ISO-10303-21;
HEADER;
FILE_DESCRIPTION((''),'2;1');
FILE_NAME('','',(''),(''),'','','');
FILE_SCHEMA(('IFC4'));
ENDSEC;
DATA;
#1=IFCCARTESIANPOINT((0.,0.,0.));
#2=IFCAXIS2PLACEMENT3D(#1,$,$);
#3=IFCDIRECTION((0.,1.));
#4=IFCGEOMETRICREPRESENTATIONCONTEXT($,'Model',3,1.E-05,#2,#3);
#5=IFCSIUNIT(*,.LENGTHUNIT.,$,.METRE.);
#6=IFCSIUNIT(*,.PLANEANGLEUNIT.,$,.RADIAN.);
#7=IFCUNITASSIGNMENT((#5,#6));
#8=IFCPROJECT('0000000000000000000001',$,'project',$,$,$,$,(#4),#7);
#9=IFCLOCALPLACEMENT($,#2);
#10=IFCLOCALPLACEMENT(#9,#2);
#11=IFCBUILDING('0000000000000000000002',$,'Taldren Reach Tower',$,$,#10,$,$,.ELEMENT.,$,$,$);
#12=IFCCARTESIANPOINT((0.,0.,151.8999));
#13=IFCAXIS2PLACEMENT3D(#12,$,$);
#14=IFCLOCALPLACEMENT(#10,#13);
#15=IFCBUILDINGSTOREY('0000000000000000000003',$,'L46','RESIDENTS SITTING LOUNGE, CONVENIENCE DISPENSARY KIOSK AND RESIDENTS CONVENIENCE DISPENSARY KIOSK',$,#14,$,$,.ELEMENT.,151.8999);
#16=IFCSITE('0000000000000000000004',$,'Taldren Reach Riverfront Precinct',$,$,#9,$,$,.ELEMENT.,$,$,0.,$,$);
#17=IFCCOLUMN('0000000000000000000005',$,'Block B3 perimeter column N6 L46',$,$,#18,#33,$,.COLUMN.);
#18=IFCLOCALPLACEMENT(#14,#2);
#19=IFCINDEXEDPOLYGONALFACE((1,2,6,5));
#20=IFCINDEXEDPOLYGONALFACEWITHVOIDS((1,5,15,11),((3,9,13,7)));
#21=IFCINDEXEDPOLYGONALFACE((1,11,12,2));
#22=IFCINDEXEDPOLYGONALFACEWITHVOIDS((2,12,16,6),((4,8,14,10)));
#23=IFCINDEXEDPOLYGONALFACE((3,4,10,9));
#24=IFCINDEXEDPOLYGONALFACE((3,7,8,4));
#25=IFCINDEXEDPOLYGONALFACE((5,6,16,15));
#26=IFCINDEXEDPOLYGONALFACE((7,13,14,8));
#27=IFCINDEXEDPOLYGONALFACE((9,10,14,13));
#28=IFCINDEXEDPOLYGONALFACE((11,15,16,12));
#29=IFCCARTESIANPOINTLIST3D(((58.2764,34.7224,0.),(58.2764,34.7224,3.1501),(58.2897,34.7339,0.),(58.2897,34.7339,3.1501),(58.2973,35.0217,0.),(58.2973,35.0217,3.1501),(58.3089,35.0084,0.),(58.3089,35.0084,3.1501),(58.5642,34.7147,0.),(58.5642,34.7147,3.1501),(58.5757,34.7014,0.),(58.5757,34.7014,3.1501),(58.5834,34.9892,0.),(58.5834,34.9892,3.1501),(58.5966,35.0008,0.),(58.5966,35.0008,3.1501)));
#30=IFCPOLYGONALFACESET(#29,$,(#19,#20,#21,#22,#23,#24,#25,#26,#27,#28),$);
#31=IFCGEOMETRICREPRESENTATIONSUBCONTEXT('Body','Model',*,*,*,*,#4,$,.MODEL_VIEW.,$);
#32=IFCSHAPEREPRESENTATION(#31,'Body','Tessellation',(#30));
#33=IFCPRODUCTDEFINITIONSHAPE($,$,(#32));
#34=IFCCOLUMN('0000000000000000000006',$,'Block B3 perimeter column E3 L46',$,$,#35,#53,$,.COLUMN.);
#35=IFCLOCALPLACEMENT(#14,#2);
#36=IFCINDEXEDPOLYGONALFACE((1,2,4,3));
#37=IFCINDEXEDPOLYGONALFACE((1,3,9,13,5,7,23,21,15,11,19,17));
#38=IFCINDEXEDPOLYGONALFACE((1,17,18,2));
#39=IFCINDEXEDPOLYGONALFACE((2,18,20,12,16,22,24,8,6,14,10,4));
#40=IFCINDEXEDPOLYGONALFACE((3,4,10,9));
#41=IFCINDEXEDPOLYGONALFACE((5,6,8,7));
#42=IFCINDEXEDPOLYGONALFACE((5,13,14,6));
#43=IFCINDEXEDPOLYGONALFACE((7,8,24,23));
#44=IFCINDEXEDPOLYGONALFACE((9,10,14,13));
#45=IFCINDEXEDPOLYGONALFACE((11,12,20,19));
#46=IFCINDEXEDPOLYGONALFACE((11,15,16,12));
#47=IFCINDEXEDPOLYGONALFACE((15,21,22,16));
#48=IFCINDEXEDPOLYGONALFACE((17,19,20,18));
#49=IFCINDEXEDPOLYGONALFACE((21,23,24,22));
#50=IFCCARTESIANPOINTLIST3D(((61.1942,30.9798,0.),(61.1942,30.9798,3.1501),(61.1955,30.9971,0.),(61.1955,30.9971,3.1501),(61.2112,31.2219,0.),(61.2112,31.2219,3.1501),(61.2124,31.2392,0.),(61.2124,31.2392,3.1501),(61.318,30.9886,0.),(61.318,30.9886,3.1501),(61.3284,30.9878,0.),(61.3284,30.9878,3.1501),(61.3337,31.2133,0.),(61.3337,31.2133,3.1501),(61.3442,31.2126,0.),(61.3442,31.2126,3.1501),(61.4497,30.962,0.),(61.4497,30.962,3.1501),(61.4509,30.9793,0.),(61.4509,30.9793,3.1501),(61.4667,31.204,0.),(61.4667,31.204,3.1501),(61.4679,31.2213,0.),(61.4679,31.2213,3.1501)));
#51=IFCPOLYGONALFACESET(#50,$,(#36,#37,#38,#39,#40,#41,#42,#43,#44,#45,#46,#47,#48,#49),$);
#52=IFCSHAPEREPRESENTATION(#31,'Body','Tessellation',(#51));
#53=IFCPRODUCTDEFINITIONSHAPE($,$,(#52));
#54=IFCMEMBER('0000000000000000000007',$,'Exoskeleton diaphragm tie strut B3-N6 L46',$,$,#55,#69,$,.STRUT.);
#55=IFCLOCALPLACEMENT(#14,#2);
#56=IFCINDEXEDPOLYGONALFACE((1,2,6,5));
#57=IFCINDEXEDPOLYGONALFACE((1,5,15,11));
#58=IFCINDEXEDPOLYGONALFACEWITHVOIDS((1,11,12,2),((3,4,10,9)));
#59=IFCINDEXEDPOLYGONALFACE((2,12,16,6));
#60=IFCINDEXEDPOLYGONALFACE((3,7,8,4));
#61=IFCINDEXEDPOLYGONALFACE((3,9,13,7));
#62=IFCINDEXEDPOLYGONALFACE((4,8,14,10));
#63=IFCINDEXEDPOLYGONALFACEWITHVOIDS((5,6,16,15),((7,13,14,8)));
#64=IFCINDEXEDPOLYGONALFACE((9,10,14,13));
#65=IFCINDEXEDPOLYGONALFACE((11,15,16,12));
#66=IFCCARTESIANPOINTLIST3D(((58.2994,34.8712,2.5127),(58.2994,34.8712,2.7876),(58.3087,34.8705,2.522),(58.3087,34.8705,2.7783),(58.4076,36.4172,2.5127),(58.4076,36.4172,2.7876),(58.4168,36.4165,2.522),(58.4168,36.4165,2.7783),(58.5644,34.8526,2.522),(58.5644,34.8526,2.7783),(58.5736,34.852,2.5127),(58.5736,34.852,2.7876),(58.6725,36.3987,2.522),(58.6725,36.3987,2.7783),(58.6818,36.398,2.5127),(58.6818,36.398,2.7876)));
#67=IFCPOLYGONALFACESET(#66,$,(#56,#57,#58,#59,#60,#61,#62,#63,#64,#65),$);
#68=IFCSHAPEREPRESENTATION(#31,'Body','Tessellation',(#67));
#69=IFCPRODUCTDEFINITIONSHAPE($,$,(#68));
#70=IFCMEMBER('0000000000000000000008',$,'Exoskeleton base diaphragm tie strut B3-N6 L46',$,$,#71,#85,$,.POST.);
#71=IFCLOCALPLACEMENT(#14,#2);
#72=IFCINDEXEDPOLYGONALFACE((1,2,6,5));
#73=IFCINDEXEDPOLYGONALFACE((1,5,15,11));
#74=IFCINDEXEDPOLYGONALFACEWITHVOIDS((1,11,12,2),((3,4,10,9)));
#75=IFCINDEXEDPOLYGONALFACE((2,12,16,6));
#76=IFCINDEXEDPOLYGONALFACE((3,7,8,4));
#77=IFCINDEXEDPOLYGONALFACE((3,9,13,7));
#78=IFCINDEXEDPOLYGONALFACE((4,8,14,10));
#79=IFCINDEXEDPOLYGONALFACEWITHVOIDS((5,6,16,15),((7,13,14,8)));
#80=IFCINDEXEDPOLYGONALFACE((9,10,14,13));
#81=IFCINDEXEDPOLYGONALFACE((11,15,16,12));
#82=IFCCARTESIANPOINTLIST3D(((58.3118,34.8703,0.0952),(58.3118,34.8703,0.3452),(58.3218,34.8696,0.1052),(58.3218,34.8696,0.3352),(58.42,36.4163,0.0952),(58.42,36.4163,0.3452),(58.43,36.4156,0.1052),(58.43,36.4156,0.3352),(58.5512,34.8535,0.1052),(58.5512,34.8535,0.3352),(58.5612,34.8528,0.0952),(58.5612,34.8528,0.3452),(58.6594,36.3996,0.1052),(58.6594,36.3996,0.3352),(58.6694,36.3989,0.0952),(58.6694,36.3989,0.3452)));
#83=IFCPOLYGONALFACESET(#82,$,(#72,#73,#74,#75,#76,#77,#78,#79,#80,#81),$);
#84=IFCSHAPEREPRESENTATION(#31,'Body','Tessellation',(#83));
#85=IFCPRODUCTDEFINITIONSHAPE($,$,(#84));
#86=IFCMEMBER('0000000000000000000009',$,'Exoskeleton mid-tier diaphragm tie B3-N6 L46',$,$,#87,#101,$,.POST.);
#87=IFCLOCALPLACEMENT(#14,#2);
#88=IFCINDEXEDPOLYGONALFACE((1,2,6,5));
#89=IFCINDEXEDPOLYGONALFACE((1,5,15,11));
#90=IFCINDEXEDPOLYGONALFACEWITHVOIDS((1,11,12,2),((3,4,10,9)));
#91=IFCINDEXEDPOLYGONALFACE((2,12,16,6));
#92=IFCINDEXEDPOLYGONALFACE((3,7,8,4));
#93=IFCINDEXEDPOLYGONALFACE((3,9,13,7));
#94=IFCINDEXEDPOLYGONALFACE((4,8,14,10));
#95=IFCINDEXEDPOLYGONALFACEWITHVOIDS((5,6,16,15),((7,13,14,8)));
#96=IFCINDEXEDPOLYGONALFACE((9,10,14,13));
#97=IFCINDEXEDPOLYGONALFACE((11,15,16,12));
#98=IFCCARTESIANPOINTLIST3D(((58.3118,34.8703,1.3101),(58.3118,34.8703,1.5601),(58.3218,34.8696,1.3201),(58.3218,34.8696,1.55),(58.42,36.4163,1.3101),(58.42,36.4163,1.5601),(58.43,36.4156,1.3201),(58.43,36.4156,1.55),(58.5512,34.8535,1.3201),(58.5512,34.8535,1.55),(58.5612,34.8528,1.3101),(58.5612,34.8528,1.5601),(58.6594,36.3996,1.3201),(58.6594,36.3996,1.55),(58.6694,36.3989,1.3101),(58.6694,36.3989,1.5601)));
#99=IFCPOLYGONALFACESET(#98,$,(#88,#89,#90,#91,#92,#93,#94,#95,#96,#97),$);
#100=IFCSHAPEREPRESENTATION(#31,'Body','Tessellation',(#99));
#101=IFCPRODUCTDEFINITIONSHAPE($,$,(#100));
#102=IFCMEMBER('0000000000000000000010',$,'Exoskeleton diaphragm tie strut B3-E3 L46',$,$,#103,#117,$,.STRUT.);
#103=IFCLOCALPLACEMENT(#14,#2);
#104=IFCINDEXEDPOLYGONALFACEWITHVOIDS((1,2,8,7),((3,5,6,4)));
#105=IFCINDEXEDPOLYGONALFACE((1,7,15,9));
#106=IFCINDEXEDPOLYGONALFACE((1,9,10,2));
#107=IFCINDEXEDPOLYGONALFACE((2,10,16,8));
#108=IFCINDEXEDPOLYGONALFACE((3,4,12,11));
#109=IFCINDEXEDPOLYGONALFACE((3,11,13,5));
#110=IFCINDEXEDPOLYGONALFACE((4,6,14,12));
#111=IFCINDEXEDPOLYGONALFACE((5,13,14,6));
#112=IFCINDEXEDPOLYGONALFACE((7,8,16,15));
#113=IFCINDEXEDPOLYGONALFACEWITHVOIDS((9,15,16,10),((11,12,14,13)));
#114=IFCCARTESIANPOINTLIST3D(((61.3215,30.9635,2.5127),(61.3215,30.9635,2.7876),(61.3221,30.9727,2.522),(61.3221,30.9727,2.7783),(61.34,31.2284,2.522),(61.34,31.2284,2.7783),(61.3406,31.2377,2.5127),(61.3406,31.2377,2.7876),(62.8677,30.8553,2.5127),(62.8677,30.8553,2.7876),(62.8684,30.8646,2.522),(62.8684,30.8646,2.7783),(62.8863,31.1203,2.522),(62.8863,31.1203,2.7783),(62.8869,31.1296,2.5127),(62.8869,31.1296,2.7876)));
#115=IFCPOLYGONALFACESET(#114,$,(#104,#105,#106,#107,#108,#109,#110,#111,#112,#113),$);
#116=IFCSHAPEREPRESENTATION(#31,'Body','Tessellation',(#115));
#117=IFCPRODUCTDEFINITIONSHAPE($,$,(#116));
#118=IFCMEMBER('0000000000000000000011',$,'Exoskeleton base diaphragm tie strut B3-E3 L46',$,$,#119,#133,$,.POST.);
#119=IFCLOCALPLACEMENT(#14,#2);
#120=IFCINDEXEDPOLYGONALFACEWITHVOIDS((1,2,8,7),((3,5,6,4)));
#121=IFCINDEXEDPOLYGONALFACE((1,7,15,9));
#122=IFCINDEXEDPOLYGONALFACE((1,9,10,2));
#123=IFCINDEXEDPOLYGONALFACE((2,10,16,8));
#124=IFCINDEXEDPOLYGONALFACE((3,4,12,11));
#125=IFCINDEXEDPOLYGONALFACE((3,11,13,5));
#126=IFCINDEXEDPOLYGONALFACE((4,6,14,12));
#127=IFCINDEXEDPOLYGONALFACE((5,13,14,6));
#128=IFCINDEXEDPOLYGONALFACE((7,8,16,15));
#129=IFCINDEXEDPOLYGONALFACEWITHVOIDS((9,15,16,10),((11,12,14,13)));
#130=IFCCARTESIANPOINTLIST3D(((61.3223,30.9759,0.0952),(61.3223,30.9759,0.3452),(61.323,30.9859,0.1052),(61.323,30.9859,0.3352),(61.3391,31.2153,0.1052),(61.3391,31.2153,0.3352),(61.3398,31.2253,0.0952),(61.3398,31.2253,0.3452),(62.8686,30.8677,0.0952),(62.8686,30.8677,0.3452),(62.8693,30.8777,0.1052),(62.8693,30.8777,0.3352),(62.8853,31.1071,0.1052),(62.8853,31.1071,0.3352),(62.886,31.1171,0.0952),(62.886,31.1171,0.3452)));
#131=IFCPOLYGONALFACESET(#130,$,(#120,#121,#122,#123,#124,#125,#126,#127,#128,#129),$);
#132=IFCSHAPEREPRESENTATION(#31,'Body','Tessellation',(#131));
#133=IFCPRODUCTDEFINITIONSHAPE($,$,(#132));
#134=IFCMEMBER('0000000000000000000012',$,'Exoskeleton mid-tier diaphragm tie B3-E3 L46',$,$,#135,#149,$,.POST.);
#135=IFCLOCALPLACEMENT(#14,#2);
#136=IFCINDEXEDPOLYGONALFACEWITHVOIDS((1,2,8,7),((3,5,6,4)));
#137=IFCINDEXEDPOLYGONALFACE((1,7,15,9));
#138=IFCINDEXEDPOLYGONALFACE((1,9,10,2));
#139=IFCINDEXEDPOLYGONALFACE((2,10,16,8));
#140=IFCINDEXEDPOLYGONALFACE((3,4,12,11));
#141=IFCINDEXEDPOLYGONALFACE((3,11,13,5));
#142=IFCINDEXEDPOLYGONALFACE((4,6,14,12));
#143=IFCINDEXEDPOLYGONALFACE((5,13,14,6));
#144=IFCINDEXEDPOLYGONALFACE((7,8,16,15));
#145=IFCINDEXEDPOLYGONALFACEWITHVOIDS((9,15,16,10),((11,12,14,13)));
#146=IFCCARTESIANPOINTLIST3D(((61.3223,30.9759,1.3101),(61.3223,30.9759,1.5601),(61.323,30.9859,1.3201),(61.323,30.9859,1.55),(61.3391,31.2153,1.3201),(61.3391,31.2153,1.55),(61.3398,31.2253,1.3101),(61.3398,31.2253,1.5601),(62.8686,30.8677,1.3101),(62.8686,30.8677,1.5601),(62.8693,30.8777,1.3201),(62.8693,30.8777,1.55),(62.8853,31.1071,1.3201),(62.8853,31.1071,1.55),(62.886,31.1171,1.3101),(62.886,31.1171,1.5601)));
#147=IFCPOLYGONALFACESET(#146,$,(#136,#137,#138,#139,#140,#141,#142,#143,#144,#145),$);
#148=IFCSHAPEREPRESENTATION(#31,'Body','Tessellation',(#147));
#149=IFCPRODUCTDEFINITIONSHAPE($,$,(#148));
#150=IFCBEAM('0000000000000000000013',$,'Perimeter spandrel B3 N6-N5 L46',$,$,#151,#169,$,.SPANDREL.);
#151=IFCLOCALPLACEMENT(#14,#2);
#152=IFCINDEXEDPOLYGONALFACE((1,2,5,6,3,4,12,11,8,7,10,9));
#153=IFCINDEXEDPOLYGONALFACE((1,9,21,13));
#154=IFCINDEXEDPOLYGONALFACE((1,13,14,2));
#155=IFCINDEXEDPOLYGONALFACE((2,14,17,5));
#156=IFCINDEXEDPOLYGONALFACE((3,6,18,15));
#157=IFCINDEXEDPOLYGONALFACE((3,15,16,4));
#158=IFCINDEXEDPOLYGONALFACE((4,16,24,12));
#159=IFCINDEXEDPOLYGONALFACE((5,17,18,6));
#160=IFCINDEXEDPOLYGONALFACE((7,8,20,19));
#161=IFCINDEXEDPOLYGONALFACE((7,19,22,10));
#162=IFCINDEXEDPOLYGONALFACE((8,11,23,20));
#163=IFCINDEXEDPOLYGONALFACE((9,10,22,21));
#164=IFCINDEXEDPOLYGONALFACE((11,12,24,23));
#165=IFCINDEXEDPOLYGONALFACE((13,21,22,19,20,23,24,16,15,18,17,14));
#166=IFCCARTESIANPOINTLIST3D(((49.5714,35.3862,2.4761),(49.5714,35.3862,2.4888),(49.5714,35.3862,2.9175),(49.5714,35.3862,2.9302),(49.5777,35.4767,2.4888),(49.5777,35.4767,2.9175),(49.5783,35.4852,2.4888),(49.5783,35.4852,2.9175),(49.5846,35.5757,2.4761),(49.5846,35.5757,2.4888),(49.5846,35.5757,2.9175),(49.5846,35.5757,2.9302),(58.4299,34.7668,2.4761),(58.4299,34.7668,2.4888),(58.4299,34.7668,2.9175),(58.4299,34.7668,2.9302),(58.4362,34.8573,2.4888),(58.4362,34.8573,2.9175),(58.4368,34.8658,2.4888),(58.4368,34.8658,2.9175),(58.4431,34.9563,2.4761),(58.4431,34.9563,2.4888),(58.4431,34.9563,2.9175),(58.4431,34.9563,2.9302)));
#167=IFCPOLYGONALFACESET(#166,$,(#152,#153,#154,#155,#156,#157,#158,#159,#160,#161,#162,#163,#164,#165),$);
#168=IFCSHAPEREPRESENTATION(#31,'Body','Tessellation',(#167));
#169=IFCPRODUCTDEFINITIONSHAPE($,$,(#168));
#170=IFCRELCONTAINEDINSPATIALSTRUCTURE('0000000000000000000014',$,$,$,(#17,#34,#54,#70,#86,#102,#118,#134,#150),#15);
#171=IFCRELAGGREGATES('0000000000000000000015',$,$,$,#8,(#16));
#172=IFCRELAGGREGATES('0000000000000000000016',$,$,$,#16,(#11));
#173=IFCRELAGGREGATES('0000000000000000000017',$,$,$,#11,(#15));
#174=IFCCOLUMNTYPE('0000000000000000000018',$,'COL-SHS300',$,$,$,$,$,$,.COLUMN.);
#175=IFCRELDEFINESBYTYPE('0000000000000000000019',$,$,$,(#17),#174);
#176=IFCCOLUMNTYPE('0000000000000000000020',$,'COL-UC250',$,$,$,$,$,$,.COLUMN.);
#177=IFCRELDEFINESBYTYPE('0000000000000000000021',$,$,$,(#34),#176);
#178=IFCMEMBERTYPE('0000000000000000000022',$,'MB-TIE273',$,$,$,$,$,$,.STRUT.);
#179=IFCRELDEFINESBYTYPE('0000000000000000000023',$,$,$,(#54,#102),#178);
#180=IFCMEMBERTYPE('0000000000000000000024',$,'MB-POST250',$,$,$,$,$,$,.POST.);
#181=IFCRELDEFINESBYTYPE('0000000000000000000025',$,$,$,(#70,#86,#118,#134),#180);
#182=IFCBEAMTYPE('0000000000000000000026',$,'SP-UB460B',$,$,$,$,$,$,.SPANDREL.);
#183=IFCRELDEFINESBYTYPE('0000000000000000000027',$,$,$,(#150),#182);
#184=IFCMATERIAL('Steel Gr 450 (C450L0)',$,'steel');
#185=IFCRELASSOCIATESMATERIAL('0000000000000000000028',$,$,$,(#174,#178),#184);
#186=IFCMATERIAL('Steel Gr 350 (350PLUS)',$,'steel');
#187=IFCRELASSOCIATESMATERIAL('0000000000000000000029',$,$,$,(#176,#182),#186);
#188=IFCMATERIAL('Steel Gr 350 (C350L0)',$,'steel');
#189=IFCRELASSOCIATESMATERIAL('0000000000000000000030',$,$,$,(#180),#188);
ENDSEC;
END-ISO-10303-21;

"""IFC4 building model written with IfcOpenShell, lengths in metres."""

from ifc_helpers import new_model, si_unit, direction, frame, origin, origin_2d, place, context, subcontext, project, spatial, hollow_rectangle, i_section, extrude, source, transform, mapped, material, material_profile, profile_set, type_object, element, save


model = new_model("IFC4")

# Units and contexts
model_context = context("Model", 3, precision=1e-05, world=origin(), true_north=direction((0.0, 1.0)))
body_context = subcontext(model_context, "Body", "Model", "MODEL_VIEW")
ifc_project = project(units=[si_unit("LENGTHUNIT", "METRE"), si_unit("PLANEANGLEUNIT", "RADIAN")], contexts=[model_context])

# Site, building, storey
site_placement = place(None, origin())
site = spatial("IfcSite", under=ifc_project, at=site_placement, Name="Taldren Reach Riverfront Precinct", CompositionType="ELEMENT", RefElevation=0.0)
building_placement = place(site_placement, origin())
building = spatial("IfcBuilding", under=site, at=building_placement, Name="Taldren Reach Tower", CompositionType="ELEMENT")
storey_placement = place(building_placement, frame((0.0, 0.0, 151.8999)))
storey = spatial("IfcBuildingStorey", under=building, at=storey_placement, Name="L46", Description="RESIDENTS SITTING LOUNGE, CONVENIENCE DISPENSARY KIOSK AND RESIDENTS CONVENIENCE DISPENSARY KIOSK", CompositionType="ELEMENT", Elevation=151.8999)

# Columns
ifc_material_1 = material(Name="Steel Gr 450 (C450L0)", Category="steel")
ifc_material_profile_1 = material_profile(ifc_material_1, hollow_rectangle(XDim=0.3, YDim=0.3, WallThickness=0.0125, at=origin_2d()), Name="300x300x12.5SHS")
ifc_profile_set_1 = profile_set([ifc_material_profile_1], Name="Steel Gr 450 (C450L0)")
column_type_1 = type_object("IfcColumnType", Name="COL-SHS300", PredefinedType="COLUMN", material=ifc_profile_set_1)
shared_shape_1 = source(origin(), body_context, "Body", "SweptSolid", [
    extrude(hollow_rectangle(XDim=0.3, YDim=0.3, WallThickness=0.0125, at=origin_2d()), origin(), (0.0, 0.0, 1.0), 3.1501),
])
column_1_placement = place(storey_placement, frame((58.4365, 34.8616, 0.0), z_axis=(0.0, 0.0, 1.0), x_axis=(0.997564, -0.069756, 0.0)))
element("IfcColumn", 1, at=column_1_placement, inside=storey, type_object=column_type_1, Name="Block B3 perimeter column N6 L46", PredefinedType="COLUMN", context=body_context, shape_type="MappedRepresentation", body=[
    mapped(shared_shape_1, transform((0.0, 0.0, 0.0), scale=1.0)),
])
ifc_material_2 = material(Name="Steel Gr 350 (350PLUS)", Category="steel")
ifc_material_profile_2 = material_profile(ifc_material_2, i_section(OverallWidth=0.2561, OverallDepth=0.26, WebThickness=0.0105, FlangeThickness=0.0173, at=origin_2d()), Name="250UC89.5")
ifc_profile_set_2 = profile_set([ifc_material_profile_2], Name="Steel Gr 350 (350PLUS)")
column_type_2 = type_object("IfcColumnType", Name="COL-UC250", PredefinedType="COLUMN", material=ifc_profile_set_2)
shared_shape_2 = source(origin(), body_context, "Body", "SweptSolid", [
    extrude(i_section(OverallWidth=0.2561, OverallDepth=0.26, WebThickness=0.0105, FlangeThickness=0.0173, at=origin_2d()), origin(), (0.0, 0.0, 1.0), 3.1501),
])
column_2_placement = place(storey_placement, frame((61.3311, 31.1006, 0.0), z_axis=(0.0, 0.0, 1.0), x_axis=(0.997564, -0.069756, 0.0)))
element("IfcColumn", 2, at=column_2_placement, inside=storey, type_object=column_type_2, Name="Block B3 perimeter column E3 L46", PredefinedType="COLUMN", context=body_context, shape_type="MappedRepresentation", body=[
    mapped(shared_shape_2, transform((0.0, 0.0, 0.0), scale=1.0)),
])

# Members
ifc_material_profile_3 = material_profile(ifc_material_1, hollow_rectangle(XDim=0.2749, YDim=0.2749, WallThickness=0.0093, at=origin_2d()), Name="275x275x9.3SHS")
ifc_profile_set_3 = profile_set([ifc_material_profile_3], Name="Steel Gr 450 (C450L0)")
member_type_1 = type_object("IfcMemberType", Name="MB-TIE273", PredefinedType="STRUT", material=ifc_profile_set_3)
shared_shape_3 = source(origin(), body_context, "Body", "SweptSolid", [
    extrude(hollow_rectangle(XDim=0.2749, YDim=0.2749, WallThickness=0.0093, at=origin_2d()), origin(), (0.0, 0.0, 1.0), 1.5498),
])
member_1_placement = place(storey_placement, frame((58.4365, 34.8616, 2.6501), z_axis=(0.069781, 0.997562, 0.0), x_axis=(-0.997562, 0.069781, 0.0)))
element("IfcMember", 3, at=member_1_placement, inside=storey, type_object=member_type_1, Name="Exoskeleton diaphragm tie strut B3-N6 L46", PredefinedType="STRUT", context=body_context, shape_type="MappedRepresentation", body=[
    mapped(shared_shape_3, transform((0.0, 0.0, 0.0), scale=1.0)),
])
ifc_material_3 = material(Name="Steel Gr 350 (C350L0)", Category="steel")
ifc_material_profile_4 = material_profile(ifc_material_3, hollow_rectangle(XDim=0.25, YDim=0.25, WallThickness=0.01, at=origin_2d()), Name="250x250x10.0SHS")
ifc_profile_set_4 = profile_set([ifc_material_profile_4], Name="Steel Gr 350 (C350L0)")
member_type_2 = type_object("IfcMemberType", Name="MB-POST250", PredefinedType="POST", material=ifc_profile_set_4)
shared_shape_4 = source(origin(), body_context, "Body", "SweptSolid", [
    extrude(hollow_rectangle(XDim=0.25, YDim=0.25, WallThickness=0.01, at=origin_2d()), origin(), (0.0, 0.0, 1.0), 1.5498),
])
for number, where, z_axis, x_axis, name in (
    (4, (58.4365, 34.8616, 0.2202), (0.069781, 0.997562, 0.0), (-0.997562, 0.069781, 0.0), "Exoskeleton base diaphragm tie strut B3-N6 L46"),
    (5, (58.4365, 34.8616, 1.4351), (0.069781, 0.997562, 0.0), (-0.997562, 0.069781, 0.0), "Exoskeleton mid-tier diaphragm tie B3-N6 L46"),
):
    element("IfcMember", number, at=place(storey_placement, frame(where, z_axis=z_axis, x_axis=x_axis)), inside=storey, type_object=member_type_2, Name=name, PredefinedType="POST", context=body_context, shape_type="MappedRepresentation", body=[
        mapped(shared_shape_4, transform((0.0, 0.0, 0.0), scale=1.0)),
    ])
shared_shape_5 = source(origin(), body_context, "Body", "SweptSolid", [
    extrude(hollow_rectangle(XDim=0.2749, YDim=0.2749, WallThickness=0.0093, at=origin_2d()), origin(), (0.0, 0.0, 1.0), 1.55),
])
member_2_placement = place(storey_placement, frame((61.3311, 31.1006, 2.6501), z_axis=(0.997563, -0.06977, 0.0), x_axis=(0.06977, 0.997563, 0.0)))
element("IfcMember", 6, at=member_2_placement, inside=storey, type_object=member_type_1, Name="Exoskeleton diaphragm tie strut B3-E3 L46", PredefinedType="STRUT", context=body_context, shape_type="MappedRepresentation", body=[
    mapped(shared_shape_5, transform((0.0, 0.0, 0.0), scale=1.0)),
])
shared_shape_6 = source(origin(), body_context, "Body", "SweptSolid", [
    extrude(hollow_rectangle(XDim=0.25, YDim=0.25, WallThickness=0.01, at=origin_2d()), origin(), (0.0, 0.0, 1.0), 1.55),
])
for number, where, z_axis, x_axis, name in (
    (7, (61.3311, 31.1006, 0.2202), (0.997563, -0.06977, 0.0), (0.06977, 0.997563, 0.0), "Exoskeleton base diaphragm tie strut B3-E3 L46"),
    (8, (61.3311, 31.1006, 1.4351), (0.997563, -0.06977, 0.0), (0.06977, 0.997563, 0.0), "Exoskeleton mid-tier diaphragm tie B3-E3 L46"),
):
    element("IfcMember", number, at=place(storey_placement, frame(where, z_axis=z_axis, x_axis=x_axis)), inside=storey, type_object=member_type_2, Name=name, PredefinedType="POST", context=body_context, shape_type="MappedRepresentation", body=[
        mapped(shared_shape_6, transform((0.0, 0.0, 0.0), scale=1.0)),
    ])

# Beam
ifc_material_profile_5 = material_profile(ifc_material_2, i_section(OverallWidth=0.1899, OverallDepth=0.4541, WebThickness=0.0085, FlangeThickness=0.0127, at=origin_2d()), Name="460UB67.1")
ifc_profile_set_5 = profile_set([ifc_material_profile_5], Name="Steel Gr 350 (350PLUS)")
beam_type = type_object("IfcBeamType", Name="SP-UB460B", PredefinedType="SPANDREL", material=ifc_profile_set_5)
shared_shape_7 = source(origin(), body_context, "Body", "SweptSolid", [
    extrude(i_section(OverallWidth=0.1899, OverallDepth=0.4541, WebThickness=0.0085, FlangeThickness=0.0127, at=origin_2d()), origin(), (0.0, 0.0, 1.0), 8.8801),
])
beam_1_placement = place(storey_placement, frame((58.4365, 34.8616, 2.7031), z_axis=(-0.997564, 0.06975, 0.0), x_axis=(-0.06975, -0.997564, 0.0)))
element("IfcBeam", 9, at=beam_1_placement, inside=storey, type_object=beam_type, Name="Perimeter spandrel B3 N6-N5 L46", PredefinedType="SPANDREL", context=body_context, shape_type="MappedRepresentation", body=[
    mapped(shared_shape_7, transform((0.0, 0.0, 0.0), scale=1.0)),
])

save(model, "model.ifc")
